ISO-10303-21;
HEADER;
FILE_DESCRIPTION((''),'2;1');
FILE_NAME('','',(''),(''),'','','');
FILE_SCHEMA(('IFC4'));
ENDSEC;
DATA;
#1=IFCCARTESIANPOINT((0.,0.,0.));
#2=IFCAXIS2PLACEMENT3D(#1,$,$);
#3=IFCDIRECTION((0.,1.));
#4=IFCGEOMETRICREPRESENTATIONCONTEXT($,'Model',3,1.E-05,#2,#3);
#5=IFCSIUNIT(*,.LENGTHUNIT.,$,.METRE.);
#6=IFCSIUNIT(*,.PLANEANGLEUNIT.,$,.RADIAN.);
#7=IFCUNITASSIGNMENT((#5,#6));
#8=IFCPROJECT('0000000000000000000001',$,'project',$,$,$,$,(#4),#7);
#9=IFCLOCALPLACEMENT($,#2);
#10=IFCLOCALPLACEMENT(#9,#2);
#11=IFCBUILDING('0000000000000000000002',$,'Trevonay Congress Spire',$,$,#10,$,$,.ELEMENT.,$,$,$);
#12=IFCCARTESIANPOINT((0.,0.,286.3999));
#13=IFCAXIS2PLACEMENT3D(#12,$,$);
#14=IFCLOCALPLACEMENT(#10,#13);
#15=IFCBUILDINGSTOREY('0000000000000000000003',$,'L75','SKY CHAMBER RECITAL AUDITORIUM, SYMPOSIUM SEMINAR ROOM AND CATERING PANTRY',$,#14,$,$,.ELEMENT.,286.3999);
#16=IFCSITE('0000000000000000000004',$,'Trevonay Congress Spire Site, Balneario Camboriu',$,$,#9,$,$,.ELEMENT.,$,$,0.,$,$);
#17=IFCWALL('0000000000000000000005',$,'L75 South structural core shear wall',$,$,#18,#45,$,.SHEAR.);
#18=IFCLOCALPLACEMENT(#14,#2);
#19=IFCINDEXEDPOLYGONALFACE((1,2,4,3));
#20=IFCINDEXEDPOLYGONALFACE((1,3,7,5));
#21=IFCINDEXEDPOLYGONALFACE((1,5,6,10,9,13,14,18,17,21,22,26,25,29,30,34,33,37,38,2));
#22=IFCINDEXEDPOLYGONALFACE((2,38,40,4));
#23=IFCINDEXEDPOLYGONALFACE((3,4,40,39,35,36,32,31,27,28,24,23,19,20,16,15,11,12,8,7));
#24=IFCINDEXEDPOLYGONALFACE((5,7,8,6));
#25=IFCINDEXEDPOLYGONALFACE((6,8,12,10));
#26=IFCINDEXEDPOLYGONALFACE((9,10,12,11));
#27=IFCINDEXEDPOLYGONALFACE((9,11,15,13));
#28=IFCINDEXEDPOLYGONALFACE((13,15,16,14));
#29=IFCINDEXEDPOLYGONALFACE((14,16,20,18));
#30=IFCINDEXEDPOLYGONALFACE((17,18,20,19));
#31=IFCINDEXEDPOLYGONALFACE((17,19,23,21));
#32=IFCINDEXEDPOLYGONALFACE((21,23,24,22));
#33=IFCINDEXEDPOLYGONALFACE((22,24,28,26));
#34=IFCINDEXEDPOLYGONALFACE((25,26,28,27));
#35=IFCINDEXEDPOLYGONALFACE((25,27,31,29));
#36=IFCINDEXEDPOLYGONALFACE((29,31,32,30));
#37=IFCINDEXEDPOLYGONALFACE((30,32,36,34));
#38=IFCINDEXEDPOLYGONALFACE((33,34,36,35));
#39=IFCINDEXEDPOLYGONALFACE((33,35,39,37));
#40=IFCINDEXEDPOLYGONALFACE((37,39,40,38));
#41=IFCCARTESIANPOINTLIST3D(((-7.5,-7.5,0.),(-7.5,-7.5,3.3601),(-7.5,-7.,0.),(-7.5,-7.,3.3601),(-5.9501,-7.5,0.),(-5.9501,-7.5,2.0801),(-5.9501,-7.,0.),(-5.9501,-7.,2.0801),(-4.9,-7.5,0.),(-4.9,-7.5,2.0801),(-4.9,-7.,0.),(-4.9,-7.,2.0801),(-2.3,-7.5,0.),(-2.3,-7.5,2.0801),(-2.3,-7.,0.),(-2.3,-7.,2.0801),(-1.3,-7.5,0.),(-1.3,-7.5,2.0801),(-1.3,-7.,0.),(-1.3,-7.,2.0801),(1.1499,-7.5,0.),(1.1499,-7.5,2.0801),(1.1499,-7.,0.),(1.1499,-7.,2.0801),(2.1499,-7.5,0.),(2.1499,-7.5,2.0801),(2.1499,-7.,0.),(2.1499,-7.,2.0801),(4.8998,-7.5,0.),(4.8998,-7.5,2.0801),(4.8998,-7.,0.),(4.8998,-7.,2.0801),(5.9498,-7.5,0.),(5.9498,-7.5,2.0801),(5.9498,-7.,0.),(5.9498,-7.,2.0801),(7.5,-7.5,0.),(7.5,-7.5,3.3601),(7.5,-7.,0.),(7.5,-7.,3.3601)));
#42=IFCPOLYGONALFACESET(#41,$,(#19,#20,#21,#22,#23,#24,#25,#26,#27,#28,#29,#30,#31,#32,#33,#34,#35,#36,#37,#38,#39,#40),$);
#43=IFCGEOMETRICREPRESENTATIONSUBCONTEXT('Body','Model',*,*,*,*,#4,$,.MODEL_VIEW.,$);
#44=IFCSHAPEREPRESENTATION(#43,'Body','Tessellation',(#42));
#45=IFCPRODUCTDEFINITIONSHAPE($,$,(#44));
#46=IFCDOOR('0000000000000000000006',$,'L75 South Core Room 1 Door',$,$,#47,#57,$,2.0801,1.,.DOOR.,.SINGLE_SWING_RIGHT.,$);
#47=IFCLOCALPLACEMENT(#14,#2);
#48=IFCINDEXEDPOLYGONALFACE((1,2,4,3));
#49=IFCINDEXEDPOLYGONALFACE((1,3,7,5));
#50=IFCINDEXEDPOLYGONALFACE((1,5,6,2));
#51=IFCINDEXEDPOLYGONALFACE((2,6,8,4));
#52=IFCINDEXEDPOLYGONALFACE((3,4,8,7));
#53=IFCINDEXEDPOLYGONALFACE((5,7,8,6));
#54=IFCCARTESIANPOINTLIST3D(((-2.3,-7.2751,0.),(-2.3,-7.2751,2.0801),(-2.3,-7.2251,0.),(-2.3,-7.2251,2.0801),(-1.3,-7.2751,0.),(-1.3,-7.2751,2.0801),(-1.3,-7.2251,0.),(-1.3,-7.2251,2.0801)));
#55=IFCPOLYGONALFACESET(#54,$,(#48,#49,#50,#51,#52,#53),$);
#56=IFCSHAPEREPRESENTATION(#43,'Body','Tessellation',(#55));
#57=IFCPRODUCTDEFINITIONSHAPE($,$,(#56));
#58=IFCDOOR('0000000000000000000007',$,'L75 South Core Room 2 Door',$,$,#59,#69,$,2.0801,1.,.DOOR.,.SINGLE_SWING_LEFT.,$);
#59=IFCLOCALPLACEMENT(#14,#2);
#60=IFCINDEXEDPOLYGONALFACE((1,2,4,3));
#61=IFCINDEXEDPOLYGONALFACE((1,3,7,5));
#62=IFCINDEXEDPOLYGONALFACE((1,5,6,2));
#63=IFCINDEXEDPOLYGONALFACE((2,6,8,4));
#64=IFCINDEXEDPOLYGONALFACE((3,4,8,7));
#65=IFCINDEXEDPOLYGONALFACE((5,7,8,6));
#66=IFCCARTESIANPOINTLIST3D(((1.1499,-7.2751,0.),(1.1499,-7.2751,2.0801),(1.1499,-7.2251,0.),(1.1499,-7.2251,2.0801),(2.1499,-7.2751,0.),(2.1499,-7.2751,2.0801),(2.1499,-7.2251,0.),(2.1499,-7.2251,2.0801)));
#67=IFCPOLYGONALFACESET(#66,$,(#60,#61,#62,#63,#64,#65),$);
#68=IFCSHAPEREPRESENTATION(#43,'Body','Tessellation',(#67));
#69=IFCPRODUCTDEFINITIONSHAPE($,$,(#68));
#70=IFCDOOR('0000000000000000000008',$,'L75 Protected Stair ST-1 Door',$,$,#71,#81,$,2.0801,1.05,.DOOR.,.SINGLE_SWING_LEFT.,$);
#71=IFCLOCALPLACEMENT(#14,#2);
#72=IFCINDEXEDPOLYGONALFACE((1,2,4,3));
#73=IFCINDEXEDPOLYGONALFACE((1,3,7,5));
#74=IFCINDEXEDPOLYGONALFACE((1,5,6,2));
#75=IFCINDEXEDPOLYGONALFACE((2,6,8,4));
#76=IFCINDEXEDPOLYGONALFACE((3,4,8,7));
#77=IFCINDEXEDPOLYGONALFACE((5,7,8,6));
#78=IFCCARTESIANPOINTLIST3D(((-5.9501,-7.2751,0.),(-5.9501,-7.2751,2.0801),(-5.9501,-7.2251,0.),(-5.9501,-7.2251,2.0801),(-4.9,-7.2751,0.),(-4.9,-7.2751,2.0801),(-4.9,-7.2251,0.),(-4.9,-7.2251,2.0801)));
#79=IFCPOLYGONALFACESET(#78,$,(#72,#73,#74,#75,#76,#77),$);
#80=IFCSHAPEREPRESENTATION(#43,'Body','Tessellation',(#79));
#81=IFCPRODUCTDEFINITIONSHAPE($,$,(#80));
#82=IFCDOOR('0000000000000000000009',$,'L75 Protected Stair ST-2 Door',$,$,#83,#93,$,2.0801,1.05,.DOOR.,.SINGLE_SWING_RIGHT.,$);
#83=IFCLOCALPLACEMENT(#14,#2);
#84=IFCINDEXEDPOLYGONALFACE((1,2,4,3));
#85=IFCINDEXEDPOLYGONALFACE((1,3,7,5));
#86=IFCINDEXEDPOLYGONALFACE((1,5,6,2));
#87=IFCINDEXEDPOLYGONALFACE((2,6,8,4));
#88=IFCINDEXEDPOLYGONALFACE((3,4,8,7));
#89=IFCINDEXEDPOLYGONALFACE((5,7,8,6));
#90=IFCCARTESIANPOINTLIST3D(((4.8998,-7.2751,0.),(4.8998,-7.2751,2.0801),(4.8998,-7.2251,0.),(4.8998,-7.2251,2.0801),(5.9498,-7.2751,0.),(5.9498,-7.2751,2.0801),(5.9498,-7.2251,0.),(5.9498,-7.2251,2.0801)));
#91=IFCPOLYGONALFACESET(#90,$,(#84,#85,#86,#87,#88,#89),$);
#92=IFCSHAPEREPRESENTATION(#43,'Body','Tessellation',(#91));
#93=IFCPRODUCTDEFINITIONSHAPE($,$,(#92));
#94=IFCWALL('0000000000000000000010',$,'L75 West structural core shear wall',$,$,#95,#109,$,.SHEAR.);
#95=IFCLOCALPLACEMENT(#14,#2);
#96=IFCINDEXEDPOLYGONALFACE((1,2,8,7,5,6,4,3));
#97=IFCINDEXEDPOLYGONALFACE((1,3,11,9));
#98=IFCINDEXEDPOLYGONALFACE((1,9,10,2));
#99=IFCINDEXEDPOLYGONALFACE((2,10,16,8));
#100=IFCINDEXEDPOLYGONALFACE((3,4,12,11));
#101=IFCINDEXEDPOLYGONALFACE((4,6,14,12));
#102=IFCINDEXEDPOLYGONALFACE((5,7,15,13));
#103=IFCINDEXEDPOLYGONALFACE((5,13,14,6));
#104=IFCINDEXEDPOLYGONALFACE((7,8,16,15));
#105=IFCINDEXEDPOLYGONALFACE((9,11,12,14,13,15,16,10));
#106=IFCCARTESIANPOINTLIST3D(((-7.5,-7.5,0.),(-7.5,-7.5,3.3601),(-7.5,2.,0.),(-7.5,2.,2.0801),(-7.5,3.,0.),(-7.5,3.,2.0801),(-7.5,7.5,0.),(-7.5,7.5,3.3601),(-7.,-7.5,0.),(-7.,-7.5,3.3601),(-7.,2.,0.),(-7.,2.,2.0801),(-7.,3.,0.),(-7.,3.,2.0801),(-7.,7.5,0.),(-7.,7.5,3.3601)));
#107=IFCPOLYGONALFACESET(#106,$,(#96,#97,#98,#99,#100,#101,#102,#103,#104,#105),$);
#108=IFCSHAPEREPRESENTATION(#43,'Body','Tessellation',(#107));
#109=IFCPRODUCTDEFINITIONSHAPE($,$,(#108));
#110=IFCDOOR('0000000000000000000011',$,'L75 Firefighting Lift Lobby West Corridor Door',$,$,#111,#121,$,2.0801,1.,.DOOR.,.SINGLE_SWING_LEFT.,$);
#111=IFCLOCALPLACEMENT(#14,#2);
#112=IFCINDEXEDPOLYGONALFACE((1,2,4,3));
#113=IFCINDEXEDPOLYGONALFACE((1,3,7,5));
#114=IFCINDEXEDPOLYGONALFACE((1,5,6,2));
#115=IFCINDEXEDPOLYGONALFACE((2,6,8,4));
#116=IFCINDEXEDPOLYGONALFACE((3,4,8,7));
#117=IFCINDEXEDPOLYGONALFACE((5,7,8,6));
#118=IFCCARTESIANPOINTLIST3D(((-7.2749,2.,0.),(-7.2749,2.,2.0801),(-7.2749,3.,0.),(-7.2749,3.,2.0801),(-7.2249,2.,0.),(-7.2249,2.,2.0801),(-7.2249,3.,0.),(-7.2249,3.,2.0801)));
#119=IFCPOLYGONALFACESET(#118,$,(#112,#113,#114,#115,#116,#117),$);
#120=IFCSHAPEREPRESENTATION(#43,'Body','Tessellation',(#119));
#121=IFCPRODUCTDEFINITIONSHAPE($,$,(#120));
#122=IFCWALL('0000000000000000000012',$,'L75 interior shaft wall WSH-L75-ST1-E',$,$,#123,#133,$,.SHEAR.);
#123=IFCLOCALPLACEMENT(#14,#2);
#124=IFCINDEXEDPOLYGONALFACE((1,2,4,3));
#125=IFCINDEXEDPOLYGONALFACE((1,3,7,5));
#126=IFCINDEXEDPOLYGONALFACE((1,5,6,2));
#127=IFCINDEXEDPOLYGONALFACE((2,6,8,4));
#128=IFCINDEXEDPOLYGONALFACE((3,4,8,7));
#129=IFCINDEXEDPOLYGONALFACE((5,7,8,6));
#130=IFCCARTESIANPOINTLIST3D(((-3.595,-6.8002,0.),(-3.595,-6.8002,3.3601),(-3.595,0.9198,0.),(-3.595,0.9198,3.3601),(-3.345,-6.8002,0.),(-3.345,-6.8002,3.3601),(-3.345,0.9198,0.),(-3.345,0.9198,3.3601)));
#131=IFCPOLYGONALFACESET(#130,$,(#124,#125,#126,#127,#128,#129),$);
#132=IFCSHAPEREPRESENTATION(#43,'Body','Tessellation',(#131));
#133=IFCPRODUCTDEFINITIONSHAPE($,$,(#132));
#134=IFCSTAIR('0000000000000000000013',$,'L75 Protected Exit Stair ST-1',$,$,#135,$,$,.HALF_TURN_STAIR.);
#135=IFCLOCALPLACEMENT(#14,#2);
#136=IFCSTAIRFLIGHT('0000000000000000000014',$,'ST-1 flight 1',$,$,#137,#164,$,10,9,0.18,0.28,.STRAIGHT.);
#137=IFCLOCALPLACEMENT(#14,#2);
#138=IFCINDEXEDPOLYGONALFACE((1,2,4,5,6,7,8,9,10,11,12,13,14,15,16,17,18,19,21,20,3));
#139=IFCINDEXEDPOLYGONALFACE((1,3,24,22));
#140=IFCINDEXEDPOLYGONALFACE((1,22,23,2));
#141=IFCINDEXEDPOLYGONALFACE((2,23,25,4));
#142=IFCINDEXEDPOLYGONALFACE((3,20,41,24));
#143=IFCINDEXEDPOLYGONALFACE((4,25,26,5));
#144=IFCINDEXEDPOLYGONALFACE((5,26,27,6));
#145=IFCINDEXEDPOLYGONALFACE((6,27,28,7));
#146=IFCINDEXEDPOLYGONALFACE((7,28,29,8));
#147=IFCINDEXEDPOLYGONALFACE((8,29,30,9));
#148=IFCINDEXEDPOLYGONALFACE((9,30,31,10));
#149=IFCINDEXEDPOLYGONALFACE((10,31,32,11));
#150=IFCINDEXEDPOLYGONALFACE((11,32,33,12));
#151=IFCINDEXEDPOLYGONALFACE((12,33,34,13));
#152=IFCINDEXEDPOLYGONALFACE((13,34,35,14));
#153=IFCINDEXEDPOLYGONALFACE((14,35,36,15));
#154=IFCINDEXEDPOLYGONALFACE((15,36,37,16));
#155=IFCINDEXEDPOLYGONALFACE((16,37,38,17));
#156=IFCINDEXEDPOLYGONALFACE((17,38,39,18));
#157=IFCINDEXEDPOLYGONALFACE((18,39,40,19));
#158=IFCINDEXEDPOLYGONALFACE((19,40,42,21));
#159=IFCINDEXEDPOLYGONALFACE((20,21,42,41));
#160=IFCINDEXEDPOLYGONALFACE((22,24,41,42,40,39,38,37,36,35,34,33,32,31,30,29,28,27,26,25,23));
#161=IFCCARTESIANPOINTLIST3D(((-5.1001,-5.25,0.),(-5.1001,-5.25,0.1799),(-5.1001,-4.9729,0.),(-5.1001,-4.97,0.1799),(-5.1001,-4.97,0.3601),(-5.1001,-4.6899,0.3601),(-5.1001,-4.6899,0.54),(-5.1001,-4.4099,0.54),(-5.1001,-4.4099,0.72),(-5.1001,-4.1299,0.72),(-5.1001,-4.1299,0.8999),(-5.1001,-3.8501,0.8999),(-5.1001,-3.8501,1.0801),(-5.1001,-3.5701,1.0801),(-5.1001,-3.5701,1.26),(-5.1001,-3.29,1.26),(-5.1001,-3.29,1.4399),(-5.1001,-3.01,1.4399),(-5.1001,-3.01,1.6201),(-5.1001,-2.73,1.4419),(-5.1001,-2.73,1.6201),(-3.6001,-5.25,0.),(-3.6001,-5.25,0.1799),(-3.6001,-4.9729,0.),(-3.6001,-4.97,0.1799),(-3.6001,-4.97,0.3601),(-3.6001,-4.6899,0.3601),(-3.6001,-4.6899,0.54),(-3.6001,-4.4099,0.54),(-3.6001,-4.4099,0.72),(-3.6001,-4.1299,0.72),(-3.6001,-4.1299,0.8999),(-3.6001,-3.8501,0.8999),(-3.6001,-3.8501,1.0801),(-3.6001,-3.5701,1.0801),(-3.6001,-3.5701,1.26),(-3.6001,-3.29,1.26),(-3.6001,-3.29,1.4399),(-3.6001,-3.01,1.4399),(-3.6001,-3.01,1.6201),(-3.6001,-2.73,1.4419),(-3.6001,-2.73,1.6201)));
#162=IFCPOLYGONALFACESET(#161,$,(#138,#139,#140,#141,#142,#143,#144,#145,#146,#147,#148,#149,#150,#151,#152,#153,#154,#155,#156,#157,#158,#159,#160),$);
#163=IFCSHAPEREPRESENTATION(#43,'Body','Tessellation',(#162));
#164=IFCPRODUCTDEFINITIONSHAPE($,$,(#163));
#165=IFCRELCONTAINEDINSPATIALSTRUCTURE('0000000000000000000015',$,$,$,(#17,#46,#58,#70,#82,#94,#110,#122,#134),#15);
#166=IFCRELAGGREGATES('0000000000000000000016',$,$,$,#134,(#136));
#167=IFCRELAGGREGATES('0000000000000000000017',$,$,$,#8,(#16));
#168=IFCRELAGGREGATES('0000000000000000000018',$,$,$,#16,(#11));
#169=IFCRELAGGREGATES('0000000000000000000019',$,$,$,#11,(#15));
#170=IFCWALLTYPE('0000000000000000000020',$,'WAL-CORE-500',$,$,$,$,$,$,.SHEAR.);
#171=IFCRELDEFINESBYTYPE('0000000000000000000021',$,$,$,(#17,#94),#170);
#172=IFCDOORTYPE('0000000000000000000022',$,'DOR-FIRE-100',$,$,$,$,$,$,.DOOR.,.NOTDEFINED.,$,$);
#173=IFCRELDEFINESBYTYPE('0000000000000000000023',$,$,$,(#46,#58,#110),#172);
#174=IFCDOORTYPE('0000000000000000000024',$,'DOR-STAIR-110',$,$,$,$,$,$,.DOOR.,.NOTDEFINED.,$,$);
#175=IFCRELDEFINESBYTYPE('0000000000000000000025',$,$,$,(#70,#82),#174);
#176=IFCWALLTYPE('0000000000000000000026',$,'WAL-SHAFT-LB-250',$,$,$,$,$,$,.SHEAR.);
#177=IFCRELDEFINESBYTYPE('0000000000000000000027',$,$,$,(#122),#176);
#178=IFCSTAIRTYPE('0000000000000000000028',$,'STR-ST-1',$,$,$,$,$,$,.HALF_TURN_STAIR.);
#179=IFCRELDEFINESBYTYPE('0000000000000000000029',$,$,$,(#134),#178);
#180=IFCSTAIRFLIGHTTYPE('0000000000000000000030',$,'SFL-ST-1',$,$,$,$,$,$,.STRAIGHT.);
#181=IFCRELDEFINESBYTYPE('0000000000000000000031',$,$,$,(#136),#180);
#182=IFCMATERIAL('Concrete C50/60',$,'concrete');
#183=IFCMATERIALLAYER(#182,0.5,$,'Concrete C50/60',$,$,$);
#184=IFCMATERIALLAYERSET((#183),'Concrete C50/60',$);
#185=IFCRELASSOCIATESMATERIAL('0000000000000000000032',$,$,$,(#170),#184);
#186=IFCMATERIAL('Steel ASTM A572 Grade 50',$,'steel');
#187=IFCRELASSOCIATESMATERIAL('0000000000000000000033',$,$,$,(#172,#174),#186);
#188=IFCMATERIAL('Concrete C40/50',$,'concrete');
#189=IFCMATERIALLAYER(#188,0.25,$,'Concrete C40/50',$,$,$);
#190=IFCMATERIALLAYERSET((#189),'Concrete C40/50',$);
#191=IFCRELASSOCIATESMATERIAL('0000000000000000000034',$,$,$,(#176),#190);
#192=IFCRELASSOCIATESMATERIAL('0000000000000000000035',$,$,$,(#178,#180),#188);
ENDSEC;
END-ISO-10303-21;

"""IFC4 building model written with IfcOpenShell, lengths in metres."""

from ifc_helpers import new_model, si_unit, direction, frame, frame_2d, origin, place, context, subcontext, project, spatial, polyline, rectangle, outline, extrude, material, layer, layer_set, type_object, element, fill, aggregate, save


model = new_model("IFC4")

# Units and contexts
model_context = context("Model", 3, precision=1e-05, world=origin(), true_north=direction((0.0, 1.0)))
body_context = subcontext(model_context, "Body", "Model", "MODEL_VIEW")
ifc_project = project(units=[si_unit("LENGTHUNIT", "METRE"), si_unit("PLANEANGLEUNIT", "RADIAN")], contexts=[model_context])

# Site, building, storey
site_placement = place(None, origin())
site = spatial("IfcSite", under=ifc_project, at=site_placement, Name="Trevonay Congress Spire Site, Balneario Camboriu", CompositionType="ELEMENT", RefElevation=0.0)
building_placement = place(site_placement, origin())
building = spatial("IfcBuilding", under=site, at=building_placement, Name="Trevonay Congress Spire", CompositionType="ELEMENT")
storey_placement = place(building_placement, frame((0.0, 0.0, 286.3999)))
storey = spatial("IfcBuildingStorey", under=building, at=storey_placement, Name="L75", Description="SKY CHAMBER RECITAL AUDITORIUM, SYMPOSIUM SEMINAR ROOM AND CATERING PANTRY", CompositionType="ELEMENT", Elevation=286.3999)

# Shared definitions
ifc_material_1 = material(Name="Steel ASTM A572 Grade 50", Category="steel")

# Wall, openings, doors
ifc_material_2 = material(Name="Concrete C50/60", Category="concrete")
ifc_layer_1 = layer(ifc_material_2, 0.5, Name="Concrete C50/60")
ifc_layer_set_1 = layer_set([ifc_layer_1], Name="Concrete C50/60")
wall_type_1 = type_object("IfcWallType", Name="WAL-CORE-500", PredefinedType="SHEAR", material=ifc_layer_set_1)
wall_1_placement = place(storey_placement, frame((-7.5, -7.25, 0.0), z_axis=(0.0, 0.0, 1.0), x_axis=(1.0, 0.0, 0.0)))
wall_1 = element("IfcWall", 1, at=wall_1_placement, inside=storey, type_object=wall_type_1, Name="L75 South structural core shear wall", PredefinedType="SHEAR", context=body_context, shape_type="SweptSolid", body=[
    extrude(rectangle(XDim=15.0, YDim=0.5, at=frame_2d((7.5, 0.0))), origin(), (0.0, 0.0, 1.0), 3.3601),
])
opening_1_placement = place(wall_1_placement, frame((1.55, 0.0, 0.0)))
opening_1 = element("IfcOpeningElement", 2, at=opening_1_placement, cuts=wall_1, PredefinedType="OPENING", context=body_context, shape_type="SweptSolid", body=[
    extrude(rectangle(XDim=1.05, YDim=2.0801, at=frame_2d((0.5249, 1.04))), frame((0.0, 0.26, 0.0), z_axis=(0.0, -1.0, 0.0), x_axis=(1.0, 0.0, 0.0)), (0.0, 0.0, 1.0), 0.52),
])
opening_2_placement = place(wall_1_placement, frame((12.3999, 0.0, 0.0)))
opening_2 = element("IfcOpeningElement", 3, at=opening_2_placement, cuts=wall_1, PredefinedType="OPENING", context=body_context, shape_type="SweptSolid", body=[
    extrude(rectangle(XDim=1.05, YDim=2.0801, at=frame_2d((0.5249, 1.04))), frame((0.0, 0.26, 0.0), z_axis=(0.0, -1.0, 0.0), x_axis=(1.0, 0.0, 0.0)), (0.0, 0.0, 1.0), 0.52),
])
opening_3_placement = place(wall_1_placement, frame((5.2, 0.0, 0.0)))
opening_3 = element("IfcOpeningElement", 4, at=opening_3_placement, cuts=wall_1, PredefinedType="OPENING", context=body_context, shape_type="SweptSolid", body=[
    extrude(rectangle(XDim=1.0, YDim=2.0801, at=frame_2d((0.5, 1.04))), frame((0.0, 0.26, 0.0), z_axis=(0.0, -1.0, 0.0), x_axis=(1.0, 0.0, 0.0)), (0.0, 0.0, 1.0), 0.52),
])
opening_4_placement = place(wall_1_placement, frame((8.6499, 0.0, 0.0)))
opening_4 = element("IfcOpeningElement", 5, at=opening_4_placement, cuts=wall_1, PredefinedType="OPENING", context=body_context, shape_type="SweptSolid", body=[
    extrude(rectangle(XDim=1.0, YDim=2.0801, at=frame_2d((0.5, 1.04))), frame((0.0, 0.26, 0.0), z_axis=(0.0, -1.0, 0.0), x_axis=(1.0, 0.0, 0.0)), (0.0, 0.0, 1.0), 0.52),
])
door_type_1 = type_object("IfcDoorType", Name="DOR-FIRE-100", OperationType="NOTDEFINED", PredefinedType="DOOR", material=ifc_material_1)
door_1_placement = place(opening_3_placement, origin())
door_1 = element("IfcDoor", 6, at=door_1_placement, inside=storey, type_object=door_type_1, Name="L75 South Core Room 1 Door", OperationType="SINGLE_SWING_RIGHT", OverallHeight=2.0801, OverallWidth=1.0, PredefinedType="DOOR", context=body_context, shape_type="SweptSolid", body=[
    extrude(rectangle(XDim=1.0, YDim=2.0801, at=frame_2d((0.5, 1.04))), frame((0.0, 0.0249, 0.0), z_axis=(0.0, -1.0, 0.0), x_axis=(1.0, 0.0, 0.0)), (0.0, 0.0, 1.0), 0.05),
])
fill(opening_3, door_1)
door_2_placement = place(opening_4_placement, origin())
door_2 = element("IfcDoor", 7, at=door_2_placement, inside=storey, type_object=door_type_1, Name="L75 South Core Room 2 Door", OperationType="SINGLE_SWING_LEFT", OverallHeight=2.0801, OverallWidth=1.0, PredefinedType="DOOR", context=body_context, shape_type="SweptSolid", body=[
    extrude(rectangle(XDim=1.0, YDim=2.0801, at=frame_2d((0.5, 1.04))), frame((0.0, 0.0249, 0.0), z_axis=(0.0, -1.0, 0.0), x_axis=(1.0, 0.0, 0.0)), (0.0, 0.0, 1.0), 0.05),
])
fill(opening_4, door_2)
door_type_2 = type_object("IfcDoorType", Name="DOR-STAIR-110", OperationType="NOTDEFINED", PredefinedType="DOOR", material=ifc_material_1)
door_3_placement = place(opening_1_placement, origin())
door_3 = element("IfcDoor", 8, at=door_3_placement, inside=storey, type_object=door_type_2, Name="L75 Protected Stair ST-1 Door", OperationType="SINGLE_SWING_LEFT", OverallHeight=2.0801, OverallWidth=1.05, PredefinedType="DOOR", context=body_context, shape_type="SweptSolid", body=[
    extrude(rectangle(XDim=1.05, YDim=2.0801, at=frame_2d((0.5249, 1.04))), frame((0.0, 0.0249, 0.0), z_axis=(0.0, -1.0, 0.0), x_axis=(1.0, 0.0, 0.0)), (0.0, 0.0, 1.0), 0.05),
])
fill(opening_1, door_3)
door_4_placement = place(opening_2_placement, origin())
door_4 = element("IfcDoor", 9, at=door_4_placement, inside=storey, type_object=door_type_2, Name="L75 Protected Stair ST-2 Door", OperationType="SINGLE_SWING_RIGHT", OverallHeight=2.0801, OverallWidth=1.05, PredefinedType="DOOR", context=body_context, shape_type="SweptSolid", body=[
    extrude(rectangle(XDim=1.05, YDim=2.0801, at=frame_2d((0.5249, 1.04))), frame((0.0, 0.0249, 0.0), z_axis=(0.0, -1.0, 0.0), x_axis=(1.0, 0.0, 0.0)), (0.0, 0.0, 1.0), 0.05),
])
fill(opening_2, door_4)

# Wall, opening, door
wall_2_placement = place(storey_placement, frame((-7.25, -7.5, 0.0), z_axis=(0.0, 0.0, 1.0), x_axis=(0.0, 1.0, 0.0)))
wall_2 = element("IfcWall", 10, at=wall_2_placement, inside=storey, type_object=wall_type_1, Name="L75 West structural core shear wall", PredefinedType="SHEAR", context=body_context, shape_type="SweptSolid", body=[
    extrude(rectangle(XDim=15.0, YDim=0.5, at=frame_2d((7.5, 0.0))), origin(), (0.0, 0.0, 1.0), 3.3601),
])
opening_5_placement = place(wall_2_placement, frame((9.5, 0.0, 0.0)))
opening_5 = element("IfcOpeningElement", 11, at=opening_5_placement, cuts=wall_2, PredefinedType="OPENING", context=body_context, shape_type="SweptSolid", body=[
    extrude(rectangle(XDim=1.0, YDim=2.0801, at=frame_2d((0.5, 1.04))), frame((0.0, 0.26, 0.0), z_axis=(0.0, -1.0, 0.0), x_axis=(1.0, 0.0, 0.0)), (0.0, 0.0, 1.0), 0.52),
])
door_5_placement = place(opening_5_placement, origin())
door_5 = element("IfcDoor", 12, at=door_5_placement, inside=storey, type_object=door_type_1, Name="L75 Firefighting Lift Lobby West Corridor Door", OperationType="SINGLE_SWING_LEFT", OverallHeight=2.0801, OverallWidth=1.0, PredefinedType="DOOR", context=body_context, shape_type="SweptSolid", body=[
    extrude(rectangle(XDim=1.0, YDim=2.0801, at=frame_2d((0.5, 1.04))), frame((0.0, 0.0249, 0.0), z_axis=(0.0, -1.0, 0.0), x_axis=(1.0, 0.0, 0.0)), (0.0, 0.0, 1.0), 0.05),
])
fill(opening_5, door_5)

# Wall
ifc_material_3 = material(Name="Concrete C40/50", Category="concrete")
ifc_layer_2 = layer(ifc_material_3, 0.25, Name="Concrete C40/50")
ifc_layer_set_2 = layer_set([ifc_layer_2], Name="Concrete C40/50")
wall_type_2 = type_object("IfcWallType", Name="WAL-SHAFT-LB-250", PredefinedType="SHEAR", material=ifc_layer_set_2)
wall_3_placement = place(storey_placement, frame((-3.47, -6.8, 0.0), z_axis=(0.0, 0.0, 1.0), x_axis=(0.0, 1.0, 0.0)))
element("IfcWall", 13, at=wall_3_placement, inside=storey, type_object=wall_type_2, Name="L75 interior shaft wall WSH-L75-ST1-E", PredefinedType="SHEAR", context=body_context, shape_type="SweptSolid", body=[
    extrude(rectangle(XDim=7.72, YDim=0.25, at=frame_2d((3.8599, 0.0))), origin(), (0.0, 0.0, 1.0), 3.3601),
])

# Stair, stair flight
stair_type = type_object("IfcStairType", Name="STR-ST-1", PredefinedType="HALF_TURN_STAIR", material=ifc_material_3)
stair_placement = place(storey_placement, origin())
stair = element("IfcStair", 14, at=stair_placement, inside=storey, type_object=stair_type, Name="L75 Protected Exit Stair ST-1", PredefinedType="HALF_TURN_STAIR")
stair_flight_type = type_object("IfcStairFlightType", Name="SFL-ST-1", PredefinedType="STRAIGHT", material=ifc_material_3)
stair_flight_1_placement = place(storey_placement, frame((-4.3501, -5.25, 0.0), z_axis=(0.0, 0.0, 1.0), x_axis=(0.0, 1.0, 0.0)))
stair_flight_1 = element("IfcStairFlight", 15, at=stair_flight_1_placement, type_object=stair_flight_type, Name="ST-1 flight 1", NumberOfRisers=10, NumberOfTreads=9, PredefinedType="STRAIGHT", RiserHeight=0.18, TreadLength=0.28, context=body_context, shape_type="SweptSolid", body=[
    extrude(outline(polyline([(0.0, 0.0), (0.0, 0.1799), (0.28, 0.1799), (0.28, 0.3601), (0.5601, 0.3601), (0.5601, 0.54), (0.8401, 0.54), (0.8401, 0.72), (1.1201, 0.72), (1.1201, 0.8999), (1.3999, 0.8999), (1.3999, 1.0801), (1.6799, 1.0801), (1.6799, 1.26), (1.96, 1.26), (1.96, 1.4399), (2.24, 1.4399), (2.24, 1.6201), (2.52, 1.6201), (2.52, 1.8), (2.52, 1.4419), (0.2771, 0.0), (0.0, 0.0)])), frame((0.0, 0.75, 0.0), z_axis=(0.0, -1.0, 0.0), x_axis=(1.0, 0.0, 0.0)), (0.0, 0.0, 1.0), 1.5),
])
aggregate(stair, [stair_flight_1])

save(model, "model.ifc")
